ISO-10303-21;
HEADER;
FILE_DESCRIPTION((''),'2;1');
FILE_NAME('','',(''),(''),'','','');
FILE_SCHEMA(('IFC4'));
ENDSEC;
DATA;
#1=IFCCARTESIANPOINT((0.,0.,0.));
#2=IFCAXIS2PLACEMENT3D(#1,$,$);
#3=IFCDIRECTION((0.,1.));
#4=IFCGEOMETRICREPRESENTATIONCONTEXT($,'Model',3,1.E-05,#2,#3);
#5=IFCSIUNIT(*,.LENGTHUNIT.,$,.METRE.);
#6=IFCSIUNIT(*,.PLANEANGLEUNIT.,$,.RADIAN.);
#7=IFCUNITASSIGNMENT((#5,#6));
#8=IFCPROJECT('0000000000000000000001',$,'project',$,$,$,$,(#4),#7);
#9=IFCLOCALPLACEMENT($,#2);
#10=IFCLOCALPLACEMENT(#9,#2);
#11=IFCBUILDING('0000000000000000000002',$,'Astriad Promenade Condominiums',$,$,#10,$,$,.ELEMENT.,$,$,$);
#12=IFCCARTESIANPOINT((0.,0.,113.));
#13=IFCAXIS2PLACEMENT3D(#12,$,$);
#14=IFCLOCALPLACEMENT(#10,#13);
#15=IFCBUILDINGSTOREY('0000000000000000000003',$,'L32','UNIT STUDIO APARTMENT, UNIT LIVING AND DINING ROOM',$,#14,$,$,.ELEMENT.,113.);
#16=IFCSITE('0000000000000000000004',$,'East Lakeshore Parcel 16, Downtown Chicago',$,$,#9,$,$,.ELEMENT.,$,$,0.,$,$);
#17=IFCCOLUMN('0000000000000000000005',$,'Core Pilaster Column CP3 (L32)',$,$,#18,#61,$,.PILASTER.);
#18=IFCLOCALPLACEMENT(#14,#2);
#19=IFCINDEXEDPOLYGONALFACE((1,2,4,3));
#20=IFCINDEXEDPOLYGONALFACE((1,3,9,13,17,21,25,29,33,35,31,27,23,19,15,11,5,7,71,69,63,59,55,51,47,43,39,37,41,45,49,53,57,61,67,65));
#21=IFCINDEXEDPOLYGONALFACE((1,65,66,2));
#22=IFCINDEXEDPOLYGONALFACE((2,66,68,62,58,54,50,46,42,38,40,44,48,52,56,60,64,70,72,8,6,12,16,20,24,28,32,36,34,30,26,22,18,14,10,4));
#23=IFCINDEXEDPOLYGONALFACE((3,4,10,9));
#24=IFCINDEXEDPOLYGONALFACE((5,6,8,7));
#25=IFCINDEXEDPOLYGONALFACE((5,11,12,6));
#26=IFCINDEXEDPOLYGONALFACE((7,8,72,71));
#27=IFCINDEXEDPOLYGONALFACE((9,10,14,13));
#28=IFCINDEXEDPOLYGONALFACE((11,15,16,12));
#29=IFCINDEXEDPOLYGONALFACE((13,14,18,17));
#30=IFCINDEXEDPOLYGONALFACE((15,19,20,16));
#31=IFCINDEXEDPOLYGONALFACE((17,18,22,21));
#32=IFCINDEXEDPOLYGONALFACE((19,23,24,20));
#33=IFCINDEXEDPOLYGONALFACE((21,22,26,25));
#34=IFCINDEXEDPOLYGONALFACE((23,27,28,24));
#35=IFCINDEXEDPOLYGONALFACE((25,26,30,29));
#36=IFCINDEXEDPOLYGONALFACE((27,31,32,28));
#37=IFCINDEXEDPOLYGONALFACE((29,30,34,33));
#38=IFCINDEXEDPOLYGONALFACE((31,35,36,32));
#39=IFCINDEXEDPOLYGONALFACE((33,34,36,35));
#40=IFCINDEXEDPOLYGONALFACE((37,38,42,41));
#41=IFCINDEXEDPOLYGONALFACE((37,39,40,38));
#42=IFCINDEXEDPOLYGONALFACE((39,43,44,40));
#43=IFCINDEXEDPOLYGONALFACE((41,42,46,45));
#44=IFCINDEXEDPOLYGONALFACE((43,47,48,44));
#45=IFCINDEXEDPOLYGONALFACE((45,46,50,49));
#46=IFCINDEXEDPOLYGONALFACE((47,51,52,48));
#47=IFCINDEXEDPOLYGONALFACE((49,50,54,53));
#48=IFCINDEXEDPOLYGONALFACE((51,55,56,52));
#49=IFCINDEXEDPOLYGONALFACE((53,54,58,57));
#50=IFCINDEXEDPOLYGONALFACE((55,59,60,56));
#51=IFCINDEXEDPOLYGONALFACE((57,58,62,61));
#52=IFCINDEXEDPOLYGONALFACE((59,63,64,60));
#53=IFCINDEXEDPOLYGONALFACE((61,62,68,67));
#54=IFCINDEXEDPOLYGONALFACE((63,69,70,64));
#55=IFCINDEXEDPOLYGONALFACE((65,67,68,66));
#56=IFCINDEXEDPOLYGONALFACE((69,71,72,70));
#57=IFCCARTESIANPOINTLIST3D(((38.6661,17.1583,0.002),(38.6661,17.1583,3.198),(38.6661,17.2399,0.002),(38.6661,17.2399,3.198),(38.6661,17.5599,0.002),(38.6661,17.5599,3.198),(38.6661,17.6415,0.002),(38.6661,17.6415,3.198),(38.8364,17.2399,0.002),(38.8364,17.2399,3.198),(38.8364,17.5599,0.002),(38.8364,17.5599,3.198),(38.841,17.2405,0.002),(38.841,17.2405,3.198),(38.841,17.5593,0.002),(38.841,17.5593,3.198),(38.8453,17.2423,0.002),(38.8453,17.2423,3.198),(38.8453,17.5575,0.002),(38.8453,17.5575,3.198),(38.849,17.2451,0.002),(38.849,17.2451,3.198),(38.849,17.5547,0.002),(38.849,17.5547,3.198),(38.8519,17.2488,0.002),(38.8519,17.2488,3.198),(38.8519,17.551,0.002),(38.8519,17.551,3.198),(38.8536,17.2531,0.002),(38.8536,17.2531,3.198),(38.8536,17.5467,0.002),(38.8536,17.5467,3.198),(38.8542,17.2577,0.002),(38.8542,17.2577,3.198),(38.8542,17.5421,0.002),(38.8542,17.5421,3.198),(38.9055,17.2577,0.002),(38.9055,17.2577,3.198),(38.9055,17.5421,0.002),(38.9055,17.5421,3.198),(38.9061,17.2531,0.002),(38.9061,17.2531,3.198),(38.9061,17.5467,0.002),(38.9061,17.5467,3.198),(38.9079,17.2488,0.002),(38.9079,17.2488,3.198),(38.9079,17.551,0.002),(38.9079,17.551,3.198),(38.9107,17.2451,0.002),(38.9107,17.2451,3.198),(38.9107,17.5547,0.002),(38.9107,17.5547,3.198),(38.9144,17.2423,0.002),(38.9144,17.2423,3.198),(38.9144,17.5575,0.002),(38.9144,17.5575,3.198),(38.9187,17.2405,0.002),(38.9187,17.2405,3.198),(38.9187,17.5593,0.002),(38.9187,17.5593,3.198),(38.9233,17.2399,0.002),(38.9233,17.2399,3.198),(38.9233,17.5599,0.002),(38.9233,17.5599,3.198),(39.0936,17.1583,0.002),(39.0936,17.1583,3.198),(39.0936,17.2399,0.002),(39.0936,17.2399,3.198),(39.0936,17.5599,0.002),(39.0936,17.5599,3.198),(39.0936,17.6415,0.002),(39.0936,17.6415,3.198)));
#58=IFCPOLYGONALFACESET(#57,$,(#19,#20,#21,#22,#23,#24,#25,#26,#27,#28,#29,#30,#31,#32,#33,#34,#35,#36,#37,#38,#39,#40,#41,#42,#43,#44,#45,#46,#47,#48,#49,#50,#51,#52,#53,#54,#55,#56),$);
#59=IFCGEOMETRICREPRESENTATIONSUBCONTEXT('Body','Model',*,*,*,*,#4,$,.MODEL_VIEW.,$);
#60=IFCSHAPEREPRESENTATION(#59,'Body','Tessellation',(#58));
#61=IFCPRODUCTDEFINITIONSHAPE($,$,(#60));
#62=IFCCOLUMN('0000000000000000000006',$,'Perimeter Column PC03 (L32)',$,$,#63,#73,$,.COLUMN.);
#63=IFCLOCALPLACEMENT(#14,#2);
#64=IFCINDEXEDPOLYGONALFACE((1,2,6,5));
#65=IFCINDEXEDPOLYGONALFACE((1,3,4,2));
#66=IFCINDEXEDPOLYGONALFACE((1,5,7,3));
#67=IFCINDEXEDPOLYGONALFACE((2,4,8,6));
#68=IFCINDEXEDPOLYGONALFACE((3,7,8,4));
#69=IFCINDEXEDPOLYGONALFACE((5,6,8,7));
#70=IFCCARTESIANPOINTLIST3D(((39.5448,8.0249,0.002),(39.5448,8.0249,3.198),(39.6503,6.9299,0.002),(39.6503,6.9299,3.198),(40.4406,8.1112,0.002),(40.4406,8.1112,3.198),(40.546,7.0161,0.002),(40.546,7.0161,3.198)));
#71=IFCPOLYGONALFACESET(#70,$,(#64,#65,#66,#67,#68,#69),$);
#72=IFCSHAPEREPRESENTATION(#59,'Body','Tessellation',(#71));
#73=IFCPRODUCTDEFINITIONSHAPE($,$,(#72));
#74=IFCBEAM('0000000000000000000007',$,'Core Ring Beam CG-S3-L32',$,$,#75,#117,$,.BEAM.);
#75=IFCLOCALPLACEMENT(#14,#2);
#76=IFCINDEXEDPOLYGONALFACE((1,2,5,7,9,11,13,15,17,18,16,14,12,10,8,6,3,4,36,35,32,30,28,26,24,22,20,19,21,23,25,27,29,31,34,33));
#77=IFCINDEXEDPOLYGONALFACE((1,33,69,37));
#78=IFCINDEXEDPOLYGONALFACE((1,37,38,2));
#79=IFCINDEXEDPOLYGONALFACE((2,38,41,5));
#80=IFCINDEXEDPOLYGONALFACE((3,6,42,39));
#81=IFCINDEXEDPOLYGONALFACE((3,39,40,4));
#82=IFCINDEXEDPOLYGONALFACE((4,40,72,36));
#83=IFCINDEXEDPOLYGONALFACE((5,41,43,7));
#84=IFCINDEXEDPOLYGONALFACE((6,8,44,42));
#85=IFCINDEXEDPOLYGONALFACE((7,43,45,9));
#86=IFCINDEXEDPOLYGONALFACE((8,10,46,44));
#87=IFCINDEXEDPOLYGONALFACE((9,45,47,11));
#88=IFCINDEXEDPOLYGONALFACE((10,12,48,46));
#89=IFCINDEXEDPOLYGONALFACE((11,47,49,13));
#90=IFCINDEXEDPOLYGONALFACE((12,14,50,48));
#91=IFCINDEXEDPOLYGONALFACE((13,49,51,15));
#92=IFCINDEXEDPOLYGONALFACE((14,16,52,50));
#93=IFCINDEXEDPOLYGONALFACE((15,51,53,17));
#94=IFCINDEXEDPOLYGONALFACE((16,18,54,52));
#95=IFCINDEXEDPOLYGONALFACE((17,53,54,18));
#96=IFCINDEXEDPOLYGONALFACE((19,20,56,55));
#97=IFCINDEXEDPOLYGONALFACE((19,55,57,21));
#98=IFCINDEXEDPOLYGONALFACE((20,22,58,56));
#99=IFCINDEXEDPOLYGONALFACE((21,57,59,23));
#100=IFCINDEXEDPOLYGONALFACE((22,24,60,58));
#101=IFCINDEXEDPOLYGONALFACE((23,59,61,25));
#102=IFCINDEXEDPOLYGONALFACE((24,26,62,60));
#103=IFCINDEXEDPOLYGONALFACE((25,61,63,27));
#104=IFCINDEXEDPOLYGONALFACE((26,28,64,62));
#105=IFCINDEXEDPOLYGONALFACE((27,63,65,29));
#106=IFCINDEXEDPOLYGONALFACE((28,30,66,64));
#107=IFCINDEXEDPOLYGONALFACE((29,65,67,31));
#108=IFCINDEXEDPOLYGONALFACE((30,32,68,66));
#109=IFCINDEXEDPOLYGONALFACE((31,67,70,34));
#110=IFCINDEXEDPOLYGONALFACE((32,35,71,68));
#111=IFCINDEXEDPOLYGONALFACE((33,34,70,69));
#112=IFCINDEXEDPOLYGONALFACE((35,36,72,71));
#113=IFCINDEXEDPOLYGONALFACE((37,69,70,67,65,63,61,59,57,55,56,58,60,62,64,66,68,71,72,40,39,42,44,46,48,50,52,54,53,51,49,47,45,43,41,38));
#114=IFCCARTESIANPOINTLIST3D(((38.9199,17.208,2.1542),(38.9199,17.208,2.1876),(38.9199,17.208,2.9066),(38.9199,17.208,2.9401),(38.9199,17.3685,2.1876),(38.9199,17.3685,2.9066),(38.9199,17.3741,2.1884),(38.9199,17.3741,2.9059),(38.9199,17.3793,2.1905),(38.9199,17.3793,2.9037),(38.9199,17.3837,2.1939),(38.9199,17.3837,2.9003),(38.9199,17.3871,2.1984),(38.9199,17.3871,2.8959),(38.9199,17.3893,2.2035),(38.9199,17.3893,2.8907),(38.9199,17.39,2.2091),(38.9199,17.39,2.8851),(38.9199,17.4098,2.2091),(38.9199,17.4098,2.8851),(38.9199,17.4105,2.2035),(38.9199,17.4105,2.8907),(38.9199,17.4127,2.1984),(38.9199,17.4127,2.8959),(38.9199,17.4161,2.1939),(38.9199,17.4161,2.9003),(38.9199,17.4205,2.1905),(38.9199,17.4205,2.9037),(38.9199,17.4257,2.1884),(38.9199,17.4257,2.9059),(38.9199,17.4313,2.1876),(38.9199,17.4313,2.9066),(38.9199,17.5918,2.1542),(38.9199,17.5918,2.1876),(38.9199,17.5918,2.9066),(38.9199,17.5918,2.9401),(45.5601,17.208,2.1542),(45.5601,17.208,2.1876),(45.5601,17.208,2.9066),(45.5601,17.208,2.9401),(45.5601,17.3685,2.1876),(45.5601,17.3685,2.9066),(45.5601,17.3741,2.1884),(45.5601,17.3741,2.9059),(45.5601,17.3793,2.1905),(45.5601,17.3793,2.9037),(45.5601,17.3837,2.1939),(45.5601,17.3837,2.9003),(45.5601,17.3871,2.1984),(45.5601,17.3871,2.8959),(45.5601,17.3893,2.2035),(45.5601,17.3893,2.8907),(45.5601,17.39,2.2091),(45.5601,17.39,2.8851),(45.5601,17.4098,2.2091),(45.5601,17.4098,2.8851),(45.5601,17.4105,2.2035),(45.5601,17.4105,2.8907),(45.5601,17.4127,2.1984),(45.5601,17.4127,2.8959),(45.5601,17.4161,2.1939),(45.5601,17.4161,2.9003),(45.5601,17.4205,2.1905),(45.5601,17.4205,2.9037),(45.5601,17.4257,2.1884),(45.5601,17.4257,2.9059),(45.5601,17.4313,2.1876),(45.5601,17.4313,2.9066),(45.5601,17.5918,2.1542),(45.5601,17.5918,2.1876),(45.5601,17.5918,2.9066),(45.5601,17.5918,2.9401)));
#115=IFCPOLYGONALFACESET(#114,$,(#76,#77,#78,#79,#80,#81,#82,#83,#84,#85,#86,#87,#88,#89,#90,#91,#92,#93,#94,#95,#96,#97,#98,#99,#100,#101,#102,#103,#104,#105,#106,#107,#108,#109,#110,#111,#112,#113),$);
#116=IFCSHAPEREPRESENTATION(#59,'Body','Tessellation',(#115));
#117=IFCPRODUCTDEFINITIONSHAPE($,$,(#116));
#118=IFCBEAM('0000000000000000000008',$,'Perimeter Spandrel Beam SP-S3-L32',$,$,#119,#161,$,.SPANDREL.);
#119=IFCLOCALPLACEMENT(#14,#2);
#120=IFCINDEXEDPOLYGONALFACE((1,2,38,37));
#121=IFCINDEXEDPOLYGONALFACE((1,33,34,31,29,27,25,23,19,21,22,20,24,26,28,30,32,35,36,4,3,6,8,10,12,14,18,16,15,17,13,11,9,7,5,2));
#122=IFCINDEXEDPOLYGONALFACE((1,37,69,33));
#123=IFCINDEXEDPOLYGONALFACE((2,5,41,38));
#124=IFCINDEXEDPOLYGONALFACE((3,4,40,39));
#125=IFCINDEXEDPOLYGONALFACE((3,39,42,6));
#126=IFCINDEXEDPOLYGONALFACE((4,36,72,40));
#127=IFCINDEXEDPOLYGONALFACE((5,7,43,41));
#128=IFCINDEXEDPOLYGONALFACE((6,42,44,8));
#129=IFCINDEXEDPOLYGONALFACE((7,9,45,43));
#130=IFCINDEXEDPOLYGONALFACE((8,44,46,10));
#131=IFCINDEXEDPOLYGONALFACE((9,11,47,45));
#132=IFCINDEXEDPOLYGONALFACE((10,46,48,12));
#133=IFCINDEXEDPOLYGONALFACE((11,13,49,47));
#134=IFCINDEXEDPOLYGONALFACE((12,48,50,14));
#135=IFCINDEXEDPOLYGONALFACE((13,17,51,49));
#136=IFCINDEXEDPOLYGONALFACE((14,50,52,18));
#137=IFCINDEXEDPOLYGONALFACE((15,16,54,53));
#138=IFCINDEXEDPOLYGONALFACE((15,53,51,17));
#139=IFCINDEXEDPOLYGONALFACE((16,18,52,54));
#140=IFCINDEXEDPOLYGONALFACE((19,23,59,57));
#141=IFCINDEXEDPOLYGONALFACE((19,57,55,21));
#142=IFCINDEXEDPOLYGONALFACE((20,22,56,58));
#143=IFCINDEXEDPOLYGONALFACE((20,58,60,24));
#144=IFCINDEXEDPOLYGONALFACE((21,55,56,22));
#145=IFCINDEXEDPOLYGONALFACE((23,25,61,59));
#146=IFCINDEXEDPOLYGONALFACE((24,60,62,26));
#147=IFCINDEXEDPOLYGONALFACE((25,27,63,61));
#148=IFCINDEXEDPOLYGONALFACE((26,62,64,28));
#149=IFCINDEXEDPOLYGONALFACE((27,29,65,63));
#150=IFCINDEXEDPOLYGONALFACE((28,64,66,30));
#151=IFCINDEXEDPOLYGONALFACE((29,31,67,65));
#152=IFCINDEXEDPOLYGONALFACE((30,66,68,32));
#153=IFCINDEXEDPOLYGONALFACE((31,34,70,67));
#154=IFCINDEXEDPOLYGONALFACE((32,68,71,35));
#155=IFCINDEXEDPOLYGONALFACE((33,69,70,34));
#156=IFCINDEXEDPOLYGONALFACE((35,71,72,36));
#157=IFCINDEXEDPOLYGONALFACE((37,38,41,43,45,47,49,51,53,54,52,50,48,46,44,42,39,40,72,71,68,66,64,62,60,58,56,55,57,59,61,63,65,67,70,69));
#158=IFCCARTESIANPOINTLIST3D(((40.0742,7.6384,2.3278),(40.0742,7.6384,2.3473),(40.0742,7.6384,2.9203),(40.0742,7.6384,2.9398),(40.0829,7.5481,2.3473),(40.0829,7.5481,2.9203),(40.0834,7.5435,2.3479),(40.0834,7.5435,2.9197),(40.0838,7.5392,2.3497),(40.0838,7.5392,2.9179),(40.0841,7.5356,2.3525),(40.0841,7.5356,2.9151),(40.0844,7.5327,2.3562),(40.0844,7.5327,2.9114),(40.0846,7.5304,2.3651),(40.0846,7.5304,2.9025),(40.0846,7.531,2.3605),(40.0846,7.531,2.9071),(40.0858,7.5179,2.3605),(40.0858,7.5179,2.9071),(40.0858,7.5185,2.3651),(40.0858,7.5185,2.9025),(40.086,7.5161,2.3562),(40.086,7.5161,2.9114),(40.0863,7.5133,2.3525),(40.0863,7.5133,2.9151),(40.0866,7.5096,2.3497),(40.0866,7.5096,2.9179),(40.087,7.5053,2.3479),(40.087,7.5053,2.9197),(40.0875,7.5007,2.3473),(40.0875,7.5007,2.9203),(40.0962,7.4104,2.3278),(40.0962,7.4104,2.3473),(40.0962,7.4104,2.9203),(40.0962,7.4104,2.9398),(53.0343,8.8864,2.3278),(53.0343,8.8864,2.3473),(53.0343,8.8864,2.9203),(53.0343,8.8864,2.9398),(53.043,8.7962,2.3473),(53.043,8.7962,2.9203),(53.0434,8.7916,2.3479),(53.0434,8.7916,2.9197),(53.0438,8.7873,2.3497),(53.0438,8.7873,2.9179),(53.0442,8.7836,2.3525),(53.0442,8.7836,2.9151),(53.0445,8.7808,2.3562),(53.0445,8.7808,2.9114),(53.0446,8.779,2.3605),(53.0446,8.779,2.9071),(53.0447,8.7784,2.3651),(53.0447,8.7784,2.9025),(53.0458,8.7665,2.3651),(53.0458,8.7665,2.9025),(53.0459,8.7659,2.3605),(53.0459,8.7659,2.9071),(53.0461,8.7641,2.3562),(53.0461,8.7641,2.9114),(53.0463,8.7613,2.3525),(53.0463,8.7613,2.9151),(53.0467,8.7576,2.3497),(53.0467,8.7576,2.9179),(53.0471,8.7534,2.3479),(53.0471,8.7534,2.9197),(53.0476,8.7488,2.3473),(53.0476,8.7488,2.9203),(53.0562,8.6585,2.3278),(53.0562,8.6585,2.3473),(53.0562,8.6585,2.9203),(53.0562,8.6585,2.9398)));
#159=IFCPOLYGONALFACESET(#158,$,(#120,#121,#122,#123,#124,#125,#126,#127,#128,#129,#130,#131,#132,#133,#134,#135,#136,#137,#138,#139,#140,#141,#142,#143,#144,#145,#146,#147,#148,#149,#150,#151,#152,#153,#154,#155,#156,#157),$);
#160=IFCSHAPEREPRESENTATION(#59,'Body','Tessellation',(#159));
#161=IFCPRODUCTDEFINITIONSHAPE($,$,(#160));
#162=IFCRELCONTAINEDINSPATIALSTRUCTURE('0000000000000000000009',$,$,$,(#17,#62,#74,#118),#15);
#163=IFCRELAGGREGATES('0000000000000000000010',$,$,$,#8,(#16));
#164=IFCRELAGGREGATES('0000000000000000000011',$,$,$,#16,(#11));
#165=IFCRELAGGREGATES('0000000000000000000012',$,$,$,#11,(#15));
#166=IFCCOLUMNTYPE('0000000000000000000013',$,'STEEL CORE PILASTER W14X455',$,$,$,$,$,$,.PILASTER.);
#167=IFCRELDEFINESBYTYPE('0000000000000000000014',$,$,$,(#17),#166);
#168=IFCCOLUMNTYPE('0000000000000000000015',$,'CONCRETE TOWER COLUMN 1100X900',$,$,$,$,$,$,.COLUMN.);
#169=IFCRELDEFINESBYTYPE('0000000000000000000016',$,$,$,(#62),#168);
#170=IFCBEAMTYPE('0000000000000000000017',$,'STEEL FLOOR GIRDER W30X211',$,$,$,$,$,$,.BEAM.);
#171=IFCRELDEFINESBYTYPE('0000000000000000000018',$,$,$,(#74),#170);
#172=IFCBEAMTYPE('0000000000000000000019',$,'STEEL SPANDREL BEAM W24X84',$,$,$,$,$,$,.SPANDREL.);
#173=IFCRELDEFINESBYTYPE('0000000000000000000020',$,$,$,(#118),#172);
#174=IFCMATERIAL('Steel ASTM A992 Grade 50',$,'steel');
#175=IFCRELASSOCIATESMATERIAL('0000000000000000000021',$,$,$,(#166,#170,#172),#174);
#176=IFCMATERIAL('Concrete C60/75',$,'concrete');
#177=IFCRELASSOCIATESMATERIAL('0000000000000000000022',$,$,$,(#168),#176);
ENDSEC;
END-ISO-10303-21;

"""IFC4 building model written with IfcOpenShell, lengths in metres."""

from ifc_helpers import new_model, si_unit, direction, frame, origin, origin_2d, place, context, subcontext, project, spatial, rectangle, i_section, extrude, source, transform, mapped, material, material_profile, profile_set, type_object, type_shapes, element, save


model = new_model("IFC4")

# Units and contexts
model_context = context("Model", 3, precision=1e-05, world=origin(), true_north=direction((0.0, 1.0)))
body_context = subcontext(model_context, "Body", "Model", "MODEL_VIEW")
ifc_project = project(units=[si_unit("LENGTHUNIT", "METRE"), si_unit("PLANEANGLEUNIT", "RADIAN")], contexts=[model_context])

# Site, building, storey
site_placement = place(None, origin())
site = spatial("IfcSite", under=ifc_project, at=site_placement, Name="East Lakeshore Parcel 16, Downtown Chicago", CompositionType="ELEMENT", RefElevation=0.0)
building_placement = place(site_placement, origin())
building = spatial("IfcBuilding", under=site, at=building_placement, Name="Astriad Promenade Condominiums", CompositionType="ELEMENT")
storey_placement = place(building_placement, frame((0.0, 0.0, 113.0)))
storey = spatial("IfcBuildingStorey", under=building, at=storey_placement, Name="L32", Description="UNIT STUDIO APARTMENT, UNIT LIVING AND DINING ROOM", CompositionType="ELEMENT", Elevation=113.0)

# Columns
ifc_material_1 = material(Name="Steel ASTM A992 Grade 50", Category="steel")
ifc_material_profile_1 = material_profile(ifc_material_1, i_section(OverallWidth=0.4275, OverallDepth=0.4832, WebThickness=0.0513, FlangeThickness=0.0815, FilletRadius=0.0178, at=origin_2d()), Name="W14X455")
ifc_profile_set_1 = profile_set([ifc_material_profile_1], Name="Steel ASTM A992 Grade 50")
column_type_1 = type_object("IfcColumnType", Name="STEEL CORE PILASTER W14X455", PredefinedType="PILASTER", material=ifc_profile_set_1)
shared_shape_1 = source(origin(), body_context, "Body", "SweptSolid", [
    extrude(i_section(OverallWidth=0.4275, OverallDepth=0.4832, WebThickness=0.0513, FlangeThickness=0.0815, FilletRadius=0.0178, at=origin_2d()), origin(), (0.0, 0.0, 1.0), 3.196),
])
type_shapes(column_type_1, [shared_shape_1])
column_1_placement = place(storey_placement, frame((38.8799, 17.3999, 0.002), z_axis=(0.0, 0.0, 1.0), x_axis=(1.0, 0.0, 0.0)))
element("IfcColumn", 1, at=column_1_placement, inside=storey, type_object=column_type_1, Name="Core Pilaster Column CP3 (L32)", PredefinedType="PILASTER", context=body_context, shape_type="MappedRepresentation", body=[
    mapped(shared_shape_1, transform((0.0, 0.0, 0.0), scale=1.0)),
])
ifc_material_2 = material(Name="Concrete C60/75", Category="concrete")
ifc_material_profile_2 = material_profile(ifc_material_2, rectangle(XDim=0.8999, YDim=1.1001, at=origin_2d()), Name="RC-COL-1100X900")
ifc_profile_set_2 = profile_set([ifc_material_profile_2], Name="Concrete C60/75")
column_type_2 = type_object("IfcColumnType", Name="CONCRETE TOWER COLUMN 1100X900", PredefinedType="COLUMN", material=ifc_profile_set_2)
shared_shape_2 = source(origin(), body_context, "Body", "SweptSolid", [
    extrude(rectangle(XDim=0.8999, YDim=1.1001, at=origin_2d()), origin(), (0.0, 0.0, 1.0), 3.196),
])
type_shapes(column_type_2, [shared_shape_2])
column_2_placement = place(storey_placement, frame((40.0454, 7.5205, 0.002), z_axis=(0.0, 0.0, 1.0), x_axis=(0.995396, 0.095846, 0.0)))
element("IfcColumn", 2, at=column_2_placement, inside=storey, type_object=column_type_2, Name="Perimeter Column PC03 (L32)", PredefinedType="COLUMN", context=body_context, shape_type="MappedRepresentation", body=[
    mapped(shared_shape_2, transform((0.0, 0.0, 0.0), scale=1.0)),
])

# Beams
ifc_material_profile_3 = material_profile(ifc_material_1, i_section(OverallWidth=0.3838, OverallDepth=0.7859, WebThickness=0.0198, FlangeThickness=0.0334, FilletRadius=0.0215, at=origin_2d()), Name="W30X211")
ifc_profile_set_3 = profile_set([ifc_material_profile_3], Name="Steel ASTM A992 Grade 50")
beam_type_1 = type_object("IfcBeamType", Name="STEEL FLOOR GIRDER W30X211", PredefinedType="BEAM", material=ifc_profile_set_3)
shared_shape_3 = source(origin(), body_context, "Body", "SweptSolid", [
    extrude(i_section(OverallWidth=0.3838, OverallDepth=0.7859, WebThickness=0.0198, FlangeThickness=0.0334, FilletRadius=0.0215, at=origin_2d()), origin(), (0.0, 0.0, 1.0), 6.6401),
])
type_shapes(beam_type_1, [shared_shape_3])
beam_1_placement = place(storey_placement, frame((38.9199, 17.3999, 2.5471), z_axis=(1.0, 0.0, 0.0), x_axis=(0.0, 1.0, 0.0)))
element("IfcBeam", 3, at=beam_1_placement, inside=storey, type_object=beam_type_1, Name="Core Ring Beam CG-S3-L32", PredefinedType="BEAM", context=body_context, shape_type="MappedRepresentation", body=[
    mapped(shared_shape_3, transform((0.0, 0.0, 0.0), scale=1.0)),
])
ifc_material_profile_4 = material_profile(ifc_material_1, i_section(OverallWidth=0.229, OverallDepth=0.6121, WebThickness=0.012, FlangeThickness=0.0195, FilletRadius=0.0178, at=origin_2d()), Name="W24X84")
ifc_profile_set_4 = profile_set([ifc_material_profile_4], Name="Steel ASTM A992 Grade 50")
beam_type_2 = type_object("IfcBeamType", Name="STEEL SPANDREL BEAM W24X84", PredefinedType="SPANDREL", material=ifc_profile_set_4)
shared_shape_4 = source(origin(), body_context, "Body", "SweptSolid", [
    extrude(i_section(OverallWidth=0.229, OverallDepth=0.6121, WebThickness=0.012, FlangeThickness=0.0195, FilletRadius=0.0178, at=origin_2d()), origin(), (0.0, 0.0, 1.0), 13.02),
])
type_shapes(beam_type_2, [shared_shape_4])
beam_2_placement = place(storey_placement, frame((40.0852, 7.5244, 2.6338), z_axis=(0.995395, 0.095857, 0.0), x_axis=(-0.095857, 0.995395, 0.0)))
element("IfcBeam", 4, at=beam_2_placement, inside=storey, type_object=beam_type_2, Name="Perimeter Spandrel Beam SP-S3-L32", PredefinedType="SPANDREL", context=body_context, shape_type="MappedRepresentation", body=[
    mapped(shared_shape_4, transform((0.0, 0.0, 0.0), scale=1.0)),
])

save(model, "model.ifc")
